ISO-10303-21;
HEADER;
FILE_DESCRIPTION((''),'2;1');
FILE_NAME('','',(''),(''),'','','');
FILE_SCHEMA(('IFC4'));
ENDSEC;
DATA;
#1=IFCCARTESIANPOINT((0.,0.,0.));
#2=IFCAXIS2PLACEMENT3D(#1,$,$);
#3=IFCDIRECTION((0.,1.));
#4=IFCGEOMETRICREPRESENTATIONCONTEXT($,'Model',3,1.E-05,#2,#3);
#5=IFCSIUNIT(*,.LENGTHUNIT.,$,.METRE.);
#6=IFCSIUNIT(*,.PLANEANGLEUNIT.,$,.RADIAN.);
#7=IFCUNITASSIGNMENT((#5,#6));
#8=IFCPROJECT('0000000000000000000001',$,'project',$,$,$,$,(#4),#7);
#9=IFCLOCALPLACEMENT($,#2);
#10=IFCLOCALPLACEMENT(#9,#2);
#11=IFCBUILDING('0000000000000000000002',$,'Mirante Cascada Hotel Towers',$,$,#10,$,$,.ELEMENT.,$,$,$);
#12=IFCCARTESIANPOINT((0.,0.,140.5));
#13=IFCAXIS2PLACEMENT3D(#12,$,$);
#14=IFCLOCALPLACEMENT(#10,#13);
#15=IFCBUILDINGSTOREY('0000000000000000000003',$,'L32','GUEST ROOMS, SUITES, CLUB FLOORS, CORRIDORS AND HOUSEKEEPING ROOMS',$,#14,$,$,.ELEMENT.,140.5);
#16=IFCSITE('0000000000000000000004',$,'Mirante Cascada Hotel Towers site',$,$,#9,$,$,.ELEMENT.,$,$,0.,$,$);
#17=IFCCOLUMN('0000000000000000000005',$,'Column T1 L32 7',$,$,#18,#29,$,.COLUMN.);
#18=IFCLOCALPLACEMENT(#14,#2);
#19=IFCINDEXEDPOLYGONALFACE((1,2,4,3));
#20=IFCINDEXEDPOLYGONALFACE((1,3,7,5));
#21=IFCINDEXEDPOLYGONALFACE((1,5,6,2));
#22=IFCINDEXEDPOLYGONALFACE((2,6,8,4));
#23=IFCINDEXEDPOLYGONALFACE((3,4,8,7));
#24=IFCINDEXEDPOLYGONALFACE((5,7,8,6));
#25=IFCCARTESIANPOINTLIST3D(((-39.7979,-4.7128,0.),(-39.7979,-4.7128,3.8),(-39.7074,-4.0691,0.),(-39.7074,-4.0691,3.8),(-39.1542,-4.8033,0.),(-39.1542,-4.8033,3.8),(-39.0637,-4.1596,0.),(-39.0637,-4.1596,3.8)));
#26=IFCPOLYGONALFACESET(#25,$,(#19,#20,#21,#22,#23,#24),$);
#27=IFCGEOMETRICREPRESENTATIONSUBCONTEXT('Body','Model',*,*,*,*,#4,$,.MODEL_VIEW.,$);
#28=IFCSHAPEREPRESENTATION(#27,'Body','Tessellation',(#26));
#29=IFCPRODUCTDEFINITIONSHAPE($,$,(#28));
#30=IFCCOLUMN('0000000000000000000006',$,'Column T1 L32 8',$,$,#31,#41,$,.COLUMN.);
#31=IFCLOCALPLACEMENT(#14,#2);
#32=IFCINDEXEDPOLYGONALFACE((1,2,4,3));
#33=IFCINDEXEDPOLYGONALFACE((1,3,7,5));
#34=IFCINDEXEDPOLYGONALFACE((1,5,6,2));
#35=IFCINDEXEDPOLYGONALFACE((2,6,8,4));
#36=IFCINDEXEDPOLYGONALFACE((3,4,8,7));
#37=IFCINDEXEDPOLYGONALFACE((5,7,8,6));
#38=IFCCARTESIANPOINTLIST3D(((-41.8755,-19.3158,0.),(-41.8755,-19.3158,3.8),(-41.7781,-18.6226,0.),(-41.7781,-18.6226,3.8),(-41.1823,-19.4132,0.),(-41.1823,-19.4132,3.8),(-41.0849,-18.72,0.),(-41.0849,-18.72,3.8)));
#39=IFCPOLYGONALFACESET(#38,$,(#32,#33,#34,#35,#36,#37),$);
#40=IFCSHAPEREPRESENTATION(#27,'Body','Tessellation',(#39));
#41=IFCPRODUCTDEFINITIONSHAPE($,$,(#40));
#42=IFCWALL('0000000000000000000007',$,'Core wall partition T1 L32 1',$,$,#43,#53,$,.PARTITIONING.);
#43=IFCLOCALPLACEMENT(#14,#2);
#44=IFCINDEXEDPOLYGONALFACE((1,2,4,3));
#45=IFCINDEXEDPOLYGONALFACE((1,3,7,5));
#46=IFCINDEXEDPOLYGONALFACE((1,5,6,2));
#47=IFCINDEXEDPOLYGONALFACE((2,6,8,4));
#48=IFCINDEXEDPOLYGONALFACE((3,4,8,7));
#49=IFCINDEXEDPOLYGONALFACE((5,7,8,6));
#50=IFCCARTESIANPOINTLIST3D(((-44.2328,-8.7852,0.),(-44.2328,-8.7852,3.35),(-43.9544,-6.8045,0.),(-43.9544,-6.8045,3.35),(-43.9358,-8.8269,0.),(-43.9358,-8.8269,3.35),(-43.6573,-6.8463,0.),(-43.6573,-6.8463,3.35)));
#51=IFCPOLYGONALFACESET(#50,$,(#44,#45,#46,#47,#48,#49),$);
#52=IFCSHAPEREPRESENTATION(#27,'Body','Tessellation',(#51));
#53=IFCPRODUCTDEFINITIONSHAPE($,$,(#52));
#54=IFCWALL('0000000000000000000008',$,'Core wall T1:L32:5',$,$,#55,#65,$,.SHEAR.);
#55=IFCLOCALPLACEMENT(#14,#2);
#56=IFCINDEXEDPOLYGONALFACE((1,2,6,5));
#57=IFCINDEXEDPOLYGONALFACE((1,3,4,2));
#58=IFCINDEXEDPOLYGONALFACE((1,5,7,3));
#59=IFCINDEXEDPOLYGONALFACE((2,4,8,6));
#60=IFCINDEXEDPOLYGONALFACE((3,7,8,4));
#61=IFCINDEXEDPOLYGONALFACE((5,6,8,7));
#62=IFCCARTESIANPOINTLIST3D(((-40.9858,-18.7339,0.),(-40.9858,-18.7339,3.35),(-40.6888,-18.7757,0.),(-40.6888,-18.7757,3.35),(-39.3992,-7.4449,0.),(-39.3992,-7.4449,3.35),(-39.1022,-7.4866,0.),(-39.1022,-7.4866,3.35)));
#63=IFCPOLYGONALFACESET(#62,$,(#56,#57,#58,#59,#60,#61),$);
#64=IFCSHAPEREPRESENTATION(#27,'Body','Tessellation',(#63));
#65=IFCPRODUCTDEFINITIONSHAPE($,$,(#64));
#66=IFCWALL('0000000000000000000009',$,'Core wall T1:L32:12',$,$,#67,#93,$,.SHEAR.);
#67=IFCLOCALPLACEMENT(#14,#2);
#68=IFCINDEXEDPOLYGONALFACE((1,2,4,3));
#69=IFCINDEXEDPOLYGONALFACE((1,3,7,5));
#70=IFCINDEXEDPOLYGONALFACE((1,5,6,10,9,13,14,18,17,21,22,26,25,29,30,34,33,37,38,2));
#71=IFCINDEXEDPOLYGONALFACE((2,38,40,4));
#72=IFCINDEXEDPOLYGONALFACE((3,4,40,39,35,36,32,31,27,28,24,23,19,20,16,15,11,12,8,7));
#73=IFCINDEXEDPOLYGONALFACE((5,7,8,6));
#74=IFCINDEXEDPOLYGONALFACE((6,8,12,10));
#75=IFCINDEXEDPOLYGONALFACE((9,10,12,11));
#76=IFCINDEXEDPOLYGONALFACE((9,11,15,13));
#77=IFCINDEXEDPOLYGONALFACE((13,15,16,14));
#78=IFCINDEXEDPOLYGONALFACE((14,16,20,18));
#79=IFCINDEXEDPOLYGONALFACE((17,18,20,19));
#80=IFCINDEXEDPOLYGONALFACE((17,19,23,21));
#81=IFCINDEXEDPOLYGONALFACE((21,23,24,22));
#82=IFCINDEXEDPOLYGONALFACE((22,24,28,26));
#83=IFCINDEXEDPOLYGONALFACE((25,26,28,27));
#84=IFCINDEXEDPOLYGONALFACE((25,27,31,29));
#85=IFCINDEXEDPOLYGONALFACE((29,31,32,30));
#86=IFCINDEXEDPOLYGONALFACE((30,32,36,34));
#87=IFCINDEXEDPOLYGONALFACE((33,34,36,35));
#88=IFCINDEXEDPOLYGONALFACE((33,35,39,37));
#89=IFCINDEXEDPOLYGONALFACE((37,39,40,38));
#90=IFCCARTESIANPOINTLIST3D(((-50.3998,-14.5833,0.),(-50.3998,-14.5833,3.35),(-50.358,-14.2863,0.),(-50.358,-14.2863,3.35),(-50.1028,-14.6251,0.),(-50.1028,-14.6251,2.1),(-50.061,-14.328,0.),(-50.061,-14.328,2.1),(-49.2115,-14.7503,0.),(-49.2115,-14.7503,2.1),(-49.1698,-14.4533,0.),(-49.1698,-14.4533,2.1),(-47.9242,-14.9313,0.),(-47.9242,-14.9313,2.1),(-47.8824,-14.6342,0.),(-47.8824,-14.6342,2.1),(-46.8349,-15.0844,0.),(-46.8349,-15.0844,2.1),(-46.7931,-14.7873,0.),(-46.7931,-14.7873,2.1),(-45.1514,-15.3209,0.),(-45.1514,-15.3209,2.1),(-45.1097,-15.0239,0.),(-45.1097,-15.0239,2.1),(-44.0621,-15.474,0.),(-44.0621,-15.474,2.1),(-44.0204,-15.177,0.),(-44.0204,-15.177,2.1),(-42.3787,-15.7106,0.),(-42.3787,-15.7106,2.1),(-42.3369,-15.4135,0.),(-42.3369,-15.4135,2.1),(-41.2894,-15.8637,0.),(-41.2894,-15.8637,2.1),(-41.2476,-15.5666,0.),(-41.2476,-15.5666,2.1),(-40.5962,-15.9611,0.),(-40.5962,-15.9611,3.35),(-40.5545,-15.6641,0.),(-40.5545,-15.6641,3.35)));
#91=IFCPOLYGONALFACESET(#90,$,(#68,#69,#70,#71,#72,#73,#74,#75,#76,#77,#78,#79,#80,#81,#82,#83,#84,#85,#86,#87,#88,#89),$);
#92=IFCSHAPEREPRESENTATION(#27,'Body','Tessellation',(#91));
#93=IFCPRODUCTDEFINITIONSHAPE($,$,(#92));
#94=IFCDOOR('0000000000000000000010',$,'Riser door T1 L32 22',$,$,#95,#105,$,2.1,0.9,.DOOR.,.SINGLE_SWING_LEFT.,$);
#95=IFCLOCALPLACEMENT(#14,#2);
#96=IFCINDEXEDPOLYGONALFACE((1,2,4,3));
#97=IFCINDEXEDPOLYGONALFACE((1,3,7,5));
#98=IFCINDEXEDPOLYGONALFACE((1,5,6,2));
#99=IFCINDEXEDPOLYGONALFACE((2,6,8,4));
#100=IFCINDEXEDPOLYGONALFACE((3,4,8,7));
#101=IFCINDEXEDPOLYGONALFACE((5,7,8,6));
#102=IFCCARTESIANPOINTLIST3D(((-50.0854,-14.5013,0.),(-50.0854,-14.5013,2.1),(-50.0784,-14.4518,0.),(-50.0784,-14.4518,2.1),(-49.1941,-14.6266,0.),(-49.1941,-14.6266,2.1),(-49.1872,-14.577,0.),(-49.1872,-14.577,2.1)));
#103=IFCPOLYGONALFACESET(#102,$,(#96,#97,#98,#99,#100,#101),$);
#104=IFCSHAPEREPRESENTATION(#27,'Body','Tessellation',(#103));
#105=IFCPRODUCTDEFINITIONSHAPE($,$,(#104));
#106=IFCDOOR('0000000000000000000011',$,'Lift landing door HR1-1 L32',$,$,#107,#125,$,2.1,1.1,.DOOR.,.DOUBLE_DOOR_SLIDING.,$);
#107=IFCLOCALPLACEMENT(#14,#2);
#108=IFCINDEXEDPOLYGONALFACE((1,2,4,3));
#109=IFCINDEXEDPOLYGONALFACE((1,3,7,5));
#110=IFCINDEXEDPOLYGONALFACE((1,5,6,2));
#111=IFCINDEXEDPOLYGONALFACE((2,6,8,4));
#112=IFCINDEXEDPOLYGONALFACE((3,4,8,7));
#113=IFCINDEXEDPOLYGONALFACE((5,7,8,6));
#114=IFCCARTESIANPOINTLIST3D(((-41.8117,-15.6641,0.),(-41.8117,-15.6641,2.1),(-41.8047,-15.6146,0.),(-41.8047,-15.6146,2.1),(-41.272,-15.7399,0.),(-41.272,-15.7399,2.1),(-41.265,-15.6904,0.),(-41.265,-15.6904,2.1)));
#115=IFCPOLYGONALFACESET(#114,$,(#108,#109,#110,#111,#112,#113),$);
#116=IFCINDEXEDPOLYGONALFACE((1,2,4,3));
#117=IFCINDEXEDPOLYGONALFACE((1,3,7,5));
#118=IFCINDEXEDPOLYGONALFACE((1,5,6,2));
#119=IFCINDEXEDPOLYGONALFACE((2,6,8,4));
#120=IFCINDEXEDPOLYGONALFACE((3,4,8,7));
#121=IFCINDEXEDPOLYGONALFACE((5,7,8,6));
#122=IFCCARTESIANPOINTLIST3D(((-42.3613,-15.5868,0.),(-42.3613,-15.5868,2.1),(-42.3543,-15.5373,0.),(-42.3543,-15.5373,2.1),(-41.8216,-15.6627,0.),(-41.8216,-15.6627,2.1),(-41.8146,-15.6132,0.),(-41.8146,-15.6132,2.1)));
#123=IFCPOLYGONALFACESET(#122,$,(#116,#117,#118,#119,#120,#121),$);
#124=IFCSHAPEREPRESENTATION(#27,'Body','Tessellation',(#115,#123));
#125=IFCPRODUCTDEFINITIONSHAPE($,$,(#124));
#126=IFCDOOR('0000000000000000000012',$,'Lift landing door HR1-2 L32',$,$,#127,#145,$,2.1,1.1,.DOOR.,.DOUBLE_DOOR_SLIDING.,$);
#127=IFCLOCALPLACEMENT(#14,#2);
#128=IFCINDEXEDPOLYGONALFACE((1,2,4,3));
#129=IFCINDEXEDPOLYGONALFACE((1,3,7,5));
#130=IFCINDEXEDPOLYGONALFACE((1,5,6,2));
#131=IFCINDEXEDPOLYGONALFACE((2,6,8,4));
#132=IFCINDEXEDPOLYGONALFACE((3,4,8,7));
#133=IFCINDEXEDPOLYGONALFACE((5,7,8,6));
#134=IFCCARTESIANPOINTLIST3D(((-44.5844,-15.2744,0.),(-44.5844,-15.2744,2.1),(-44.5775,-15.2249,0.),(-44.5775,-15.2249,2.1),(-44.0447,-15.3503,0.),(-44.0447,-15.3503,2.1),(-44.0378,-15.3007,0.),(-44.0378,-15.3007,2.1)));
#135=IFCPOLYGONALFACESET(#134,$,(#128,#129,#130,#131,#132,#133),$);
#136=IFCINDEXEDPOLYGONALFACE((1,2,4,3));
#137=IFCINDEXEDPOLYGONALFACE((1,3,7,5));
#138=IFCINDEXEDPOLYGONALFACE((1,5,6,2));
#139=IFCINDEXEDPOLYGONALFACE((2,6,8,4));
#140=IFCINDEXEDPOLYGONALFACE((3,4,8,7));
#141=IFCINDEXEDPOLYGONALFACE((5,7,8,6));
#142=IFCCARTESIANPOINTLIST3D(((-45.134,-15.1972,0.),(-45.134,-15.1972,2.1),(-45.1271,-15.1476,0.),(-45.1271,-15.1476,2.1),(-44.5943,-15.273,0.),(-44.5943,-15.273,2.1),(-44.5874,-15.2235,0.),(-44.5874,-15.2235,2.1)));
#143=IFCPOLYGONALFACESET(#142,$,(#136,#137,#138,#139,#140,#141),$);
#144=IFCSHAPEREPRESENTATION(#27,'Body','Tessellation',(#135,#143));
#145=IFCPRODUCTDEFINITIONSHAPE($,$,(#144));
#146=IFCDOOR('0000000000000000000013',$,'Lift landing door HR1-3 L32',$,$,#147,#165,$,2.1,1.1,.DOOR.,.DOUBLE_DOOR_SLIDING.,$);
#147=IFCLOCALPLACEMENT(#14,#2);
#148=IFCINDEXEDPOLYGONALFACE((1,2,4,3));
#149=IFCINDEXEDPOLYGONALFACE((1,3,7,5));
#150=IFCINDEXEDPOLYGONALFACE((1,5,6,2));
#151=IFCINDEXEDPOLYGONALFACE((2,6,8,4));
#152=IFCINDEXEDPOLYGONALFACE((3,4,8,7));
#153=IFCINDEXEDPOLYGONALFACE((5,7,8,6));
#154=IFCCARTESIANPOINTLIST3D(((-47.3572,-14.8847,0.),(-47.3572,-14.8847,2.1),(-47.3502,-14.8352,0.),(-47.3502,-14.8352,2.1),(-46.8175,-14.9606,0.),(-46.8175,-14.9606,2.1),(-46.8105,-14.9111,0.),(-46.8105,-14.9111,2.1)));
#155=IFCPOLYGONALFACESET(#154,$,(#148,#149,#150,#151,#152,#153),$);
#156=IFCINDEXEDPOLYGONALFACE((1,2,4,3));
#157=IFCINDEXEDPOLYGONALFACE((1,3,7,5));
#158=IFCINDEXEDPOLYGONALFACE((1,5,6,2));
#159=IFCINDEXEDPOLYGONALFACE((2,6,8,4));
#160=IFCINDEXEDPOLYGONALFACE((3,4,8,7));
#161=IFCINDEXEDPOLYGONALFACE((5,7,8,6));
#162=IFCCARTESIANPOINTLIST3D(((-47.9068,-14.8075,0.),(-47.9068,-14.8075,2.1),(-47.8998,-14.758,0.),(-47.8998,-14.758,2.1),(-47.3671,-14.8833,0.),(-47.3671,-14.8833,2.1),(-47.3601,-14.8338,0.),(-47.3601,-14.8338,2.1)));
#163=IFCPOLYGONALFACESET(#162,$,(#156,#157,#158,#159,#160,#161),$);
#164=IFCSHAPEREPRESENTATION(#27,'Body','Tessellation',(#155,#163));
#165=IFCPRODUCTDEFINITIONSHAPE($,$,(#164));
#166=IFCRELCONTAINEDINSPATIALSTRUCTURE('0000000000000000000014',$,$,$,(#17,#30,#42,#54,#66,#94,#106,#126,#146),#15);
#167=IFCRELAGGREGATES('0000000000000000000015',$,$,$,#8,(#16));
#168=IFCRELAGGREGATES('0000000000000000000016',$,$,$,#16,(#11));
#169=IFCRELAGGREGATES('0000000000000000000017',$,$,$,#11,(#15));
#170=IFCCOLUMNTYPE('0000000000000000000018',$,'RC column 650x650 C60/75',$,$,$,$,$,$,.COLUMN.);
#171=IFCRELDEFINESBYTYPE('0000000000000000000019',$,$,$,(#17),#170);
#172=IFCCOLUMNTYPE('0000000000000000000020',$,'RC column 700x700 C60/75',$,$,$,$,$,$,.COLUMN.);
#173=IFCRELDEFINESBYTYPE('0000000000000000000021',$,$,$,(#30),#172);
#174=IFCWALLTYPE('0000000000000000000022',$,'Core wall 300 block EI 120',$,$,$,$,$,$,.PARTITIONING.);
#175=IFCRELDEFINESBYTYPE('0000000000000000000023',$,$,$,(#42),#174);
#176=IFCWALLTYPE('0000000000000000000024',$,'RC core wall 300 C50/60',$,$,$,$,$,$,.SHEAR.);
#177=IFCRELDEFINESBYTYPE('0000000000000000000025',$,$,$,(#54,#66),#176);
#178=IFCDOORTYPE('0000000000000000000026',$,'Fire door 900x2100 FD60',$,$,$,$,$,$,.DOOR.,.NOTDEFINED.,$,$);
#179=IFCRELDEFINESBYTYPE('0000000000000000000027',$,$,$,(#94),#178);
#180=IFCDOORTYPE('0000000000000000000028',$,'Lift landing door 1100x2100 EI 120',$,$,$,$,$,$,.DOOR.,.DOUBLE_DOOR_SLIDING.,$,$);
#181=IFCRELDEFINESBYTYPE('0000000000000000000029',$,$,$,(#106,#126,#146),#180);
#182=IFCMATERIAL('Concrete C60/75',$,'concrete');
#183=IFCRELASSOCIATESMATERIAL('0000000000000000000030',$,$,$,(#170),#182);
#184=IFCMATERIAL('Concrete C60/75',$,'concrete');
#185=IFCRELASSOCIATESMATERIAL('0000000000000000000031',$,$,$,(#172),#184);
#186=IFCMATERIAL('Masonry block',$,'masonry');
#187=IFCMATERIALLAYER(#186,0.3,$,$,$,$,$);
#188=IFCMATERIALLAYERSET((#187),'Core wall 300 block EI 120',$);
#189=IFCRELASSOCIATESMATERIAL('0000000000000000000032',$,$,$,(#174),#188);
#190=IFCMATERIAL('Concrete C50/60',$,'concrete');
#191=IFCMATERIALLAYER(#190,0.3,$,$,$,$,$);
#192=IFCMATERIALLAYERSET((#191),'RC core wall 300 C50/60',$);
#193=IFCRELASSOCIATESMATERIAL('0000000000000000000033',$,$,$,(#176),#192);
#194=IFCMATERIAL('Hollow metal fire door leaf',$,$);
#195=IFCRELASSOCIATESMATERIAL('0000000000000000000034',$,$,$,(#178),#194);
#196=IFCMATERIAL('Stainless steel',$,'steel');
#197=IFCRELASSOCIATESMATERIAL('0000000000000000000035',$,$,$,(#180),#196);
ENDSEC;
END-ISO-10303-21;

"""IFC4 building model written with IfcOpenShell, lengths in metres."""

from ifc_helpers import new_model, si_unit, direction, frame, frame_2d, origin, origin_2d, place, context, subcontext, project, spatial, rectangle, extrude, material, layer, layer_set, material_profile, profile_set, type_object, element, fill, save


model = new_model("IFC4")

# Units and contexts
model_context = context("Model", 3, precision=1e-05, world=origin(), true_north=direction((0.0, 1.0)))
body_context = subcontext(model_context, "Body", "Model", "MODEL_VIEW")
ifc_project = project(units=[si_unit("LENGTHUNIT", "METRE"), si_unit("PLANEANGLEUNIT", "RADIAN")], contexts=[model_context])

# Site, building, storey
site_placement = place(None, origin())
site = spatial("IfcSite", under=ifc_project, at=site_placement, Name="Mirante Cascada Hotel Towers site", CompositionType="ELEMENT", RefElevation=0.0)
building_placement = place(site_placement, origin())
building = spatial("IfcBuilding", under=site, at=building_placement, Name="Mirante Cascada Hotel Towers", CompositionType="ELEMENT")
storey_placement = place(building_placement, frame((0.0, 0.0, 140.5)))
storey = spatial("IfcBuildingStorey", under=building, at=storey_placement, Name="L32", Description="GUEST ROOMS, SUITES, CLUB FLOORS, CORRIDORS AND HOUSEKEEPING ROOMS", CompositionType="ELEMENT", Elevation=140.5)

# Columns
ifc_material_1 = material(Name="Concrete C60/75", Category="concrete")
ifc_material_profile_1 = material_profile(ifc_material_1, rectangle(XDim=0.65, YDim=0.65, at=origin_2d()), Name="RC column 650x650 C60/75")
ifc_profile_set_1 = profile_set([ifc_material_profile_1], Name="Concrete C60/75")
column_type_1 = type_object("IfcColumnType", Name="RC column 650x650 C60/75", PredefinedType="COLUMN", material=ifc_profile_set_1)
column_1_placement = place(storey_placement, frame((-39.4308, -4.4362, 0.0), z_axis=(0.0, 0.0, 1.0), x_axis=(-0.990268, 0.139173, 0.0)))
element("IfcColumn", 1, at=column_1_placement, inside=storey, type_object=column_type_1, Name="Column T1 L32 7", PredefinedType="COLUMN", context=body_context, shape_type="SweptSolid", body=[
    extrude(rectangle(XDim=0.65, YDim=0.65, at=origin_2d()), origin(), (0.0, 0.0, 1.0), 3.8),
])
ifc_material_2 = material(Name="Concrete C60/75", Category="concrete")
ifc_material_profile_2 = material_profile(ifc_material_2, rectangle(XDim=0.7, YDim=0.7, at=origin_2d()), Name="RC column 700x700 C60/75")
ifc_profile_set_2 = profile_set([ifc_material_profile_2], Name="Concrete C60/75")
column_type_2 = type_object("IfcColumnType", Name="RC column 700x700 C60/75", PredefinedType="COLUMN", material=ifc_profile_set_2)
column_2_placement = place(storey_placement, frame((-41.4802, -19.0179, 0.0), z_axis=(0.0, 0.0, 1.0), x_axis=(-0.990268, 0.139173, 0.0)))
element("IfcColumn", 2, at=column_2_placement, inside=storey, type_object=column_type_2, Name="Column T1 L32 8", PredefinedType="COLUMN", context=body_context, shape_type="SweptSolid", body=[
    extrude(rectangle(XDim=0.7, YDim=0.7, at=origin_2d()), origin(), (0.0, 0.0, 1.0), 3.8),
])

# Walls
ifc_material_3 = material(Name="Masonry block", Category="masonry")
ifc_layer_1 = layer(ifc_material_3, 0.3)
ifc_layer_set_1 = layer_set([ifc_layer_1], Name="Core wall 300 block EI 120")
wall_type_1 = type_object("IfcWallType", Name="Core wall 300 block EI 120", PredefinedType="PARTITIONING", material=ifc_layer_set_1)
wall_1_placement = place(storey_placement, frame((-44.0843, -8.8061, 0.0), z_axis=(0.0, 0.0, 1.0), x_axis=(0.139195, 0.990265, 0.0)))
element("IfcWall", 3, at=wall_1_placement, inside=storey, type_object=wall_type_1, Name="Core wall partition T1 L32 1", PredefinedType="PARTITIONING", context=body_context, shape_type="SweptSolid", body=[
    extrude(rectangle(XDim=2.0001, YDim=0.3, at=frame_2d((1.0001, 0.0))), origin(), (0.0, 0.0, 1.0), 3.35),
])
ifc_material_4 = material(Name="Concrete C50/60", Category="concrete")
ifc_layer_2 = layer(ifc_material_4, 0.3)
ifc_layer_set_2 = layer_set([ifc_layer_2], Name="RC core wall 300 C50/60")
wall_type_2 = type_object("IfcWallType", Name="RC core wall 300 C50/60", PredefinedType="SHEAR", material=ifc_layer_set_2)
wall_2_placement = place(storey_placement, frame((-40.8373, -18.7548, 0.0), z_axis=(0.0, 0.0, 1.0), x_axis=(0.139175, 0.990268, 0.0)))
element("IfcWall", 4, at=wall_2_placement, inside=storey, type_object=wall_type_2, Name="Core wall T1:L32:5", PredefinedType="SHEAR", context=body_context, shape_type="SweptSolid", body=[
    extrude(rectangle(XDim=11.4, YDim=0.3, at=frame_2d((5.7, 0.0))), origin(), (0.0, 0.0, 1.0), 3.35),
])

# Wall, openings, doors
wall_3_placement = place(storey_placement, frame((-40.5753, -15.8126, 0.0), z_axis=(0.0, 0.0, 1.0), x_axis=(-0.990268, 0.139173, 0.0)))
wall_3 = element("IfcWall", 5, at=wall_3_placement, inside=storey, type_object=wall_type_2, Name="Core wall T1:L32:12", PredefinedType="SHEAR", context=body_context, shape_type="SweptSolid", body=[
    extrude(rectangle(XDim=9.8999, YDim=0.3, at=frame_2d((4.95, 0.0))), origin(), (0.0, 0.0, 1.0), 3.35),
])
opening_1_placement = place(wall_3_placement, frame((0.7, 0.0, 0.0)))
opening_1 = element("IfcOpeningElement", 6, at=opening_1_placement, cuts=wall_3, PredefinedType="OPENING", context=body_context, shape_type="SweptSolid", body=[
    extrude(rectangle(XDim=1.1, YDim=2.1, at=frame_2d((0.55, 1.05))), frame((0.0, 0.15, 0.0), z_axis=(0.0, -1.0, 0.0), x_axis=(1.0, 0.0, 0.0)), (0.0, 0.0, 1.0), 0.3),
])
opening_2_placement = place(wall_3_placement, frame((3.5, 0.0, 0.0)))
opening_2 = element("IfcOpeningElement", 7, at=opening_2_placement, cuts=wall_3, PredefinedType="OPENING", context=body_context, shape_type="SweptSolid", body=[
    extrude(rectangle(XDim=1.1, YDim=2.1, at=frame_2d((0.55, 1.05))), frame((0.0, 0.15, 0.0), z_axis=(0.0, -1.0, 0.0), x_axis=(1.0, 0.0, 0.0)), (0.0, 0.0, 1.0), 0.3),
])
opening_3_placement = place(wall_3_placement, frame((6.3, 0.0, 0.0)))
opening_3 = element("IfcOpeningElement", 8, at=opening_3_placement, cuts=wall_3, PredefinedType="OPENING", context=body_context, shape_type="SweptSolid", body=[
    extrude(rectangle(XDim=1.1, YDim=2.1, at=frame_2d((0.55, 1.05))), frame((0.0, 0.15, 0.0), z_axis=(0.0, -1.0, 0.0), x_axis=(1.0, 0.0, 0.0)), (0.0, 0.0, 1.0), 0.3),
])
opening_4_placement = place(wall_3_placement, frame((8.7, 0.0, 0.0)))
opening_4 = element("IfcOpeningElement", 9, at=opening_4_placement, cuts=wall_3, PredefinedType="OPENING", context=body_context, shape_type="SweptSolid", body=[
    extrude(rectangle(XDim=0.9, YDim=2.1, at=frame_2d((0.45, 1.05))), frame((0.0, 0.15, 0.0), z_axis=(0.0, -1.0, 0.0), x_axis=(1.0, 0.0, 0.0)), (0.0, 0.0, 1.0), 0.3),
])
ifc_material_5 = material(Name="Hollow metal fire door leaf")
door_type_1 = type_object("IfcDoorType", Name="Fire door 900x2100 FD60", OperationType="NOTDEFINED", PredefinedType="DOOR", material=ifc_material_5)
door_1_placement = place(opening_4_placement, origin())
door_1 = element("IfcDoor", 10, at=door_1_placement, inside=storey, type_object=door_type_1, Name="Riser door T1 L32 22", OperationType="SINGLE_SWING_LEFT", OverallHeight=2.1, OverallWidth=0.9, PredefinedType="DOOR", context=body_context, shape_type="SweptSolid", body=[
    extrude(rectangle(XDim=0.9, YDim=2.1, at=frame_2d((0.45, 1.05))), frame((0.0, 0.025, 0.0), z_axis=(0.0, -1.0, 0.0), x_axis=(1.0, 0.0, 0.0)), (0.0, 0.0, 1.0), 0.05),
])
fill(opening_4, door_1)
ifc_material_6 = material(Name="Stainless steel", Category="steel")
door_type_2 = type_object("IfcDoorType", Name="Lift landing door 1100x2100 EI 120", OperationType="DOUBLE_DOOR_SLIDING", PredefinedType="DOOR", material=ifc_material_6)
door_2_placement = place(opening_1_placement, origin())
door_2 = element("IfcDoor", 11, at=door_2_placement, inside=storey, type_object=door_type_2, Name="Lift landing door HR1-1 L32", OperationType="DOUBLE_DOOR_SLIDING", OverallHeight=2.1, OverallWidth=1.1, PredefinedType="DOOR", context=body_context, shape_type="SweptSolid", body=[
    extrude(rectangle(XDim=0.545, YDim=2.1, at=frame_2d((0.2725, 1.05))), frame((0.0, 0.025, 0.0), z_axis=(0.0, -1.0, 0.0), x_axis=(1.0, 0.0, 0.0)), (0.0, 0.0, 1.0), 0.05),
    extrude(rectangle(XDim=0.545, YDim=2.1, at=frame_2d((0.8275, 1.05))), frame((0.0, 0.025, 0.0), z_axis=(0.0, -1.0, 0.0), x_axis=(1.0, 0.0, 0.0)), (0.0, 0.0, 1.0), 0.05),
])
fill(opening_1, door_2)
door_3_placement = place(opening_2_placement, origin())
door_3 = element("IfcDoor", 12, at=door_3_placement, inside=storey, type_object=door_type_2, Name="Lift landing door HR1-2 L32", OperationType="DOUBLE_DOOR_SLIDING", OverallHeight=2.1, OverallWidth=1.1, PredefinedType="DOOR", context=body_context, shape_type="SweptSolid", body=[
    extrude(rectangle(XDim=0.545, YDim=2.1, at=frame_2d((0.2725, 1.05))), frame((0.0, 0.025, 0.0), z_axis=(0.0, -1.0, 0.0), x_axis=(1.0, 0.0, 0.0)), (0.0, 0.0, 1.0), 0.05),
    extrude(rectangle(XDim=0.545, YDim=2.1, at=frame_2d((0.8275, 1.05))), frame((0.0, 0.025, 0.0), z_axis=(0.0, -1.0, 0.0), x_axis=(1.0, 0.0, 0.0)), (0.0, 0.0, 1.0), 0.05),
])
fill(opening_2, door_3)
door_4_placement = place(opening_3_placement, origin())
door_4 = element("IfcDoor", 13, at=door_4_placement, inside=storey, type_object=door_type_2, Name="Lift landing door HR1-3 L32", OperationType="DOUBLE_DOOR_SLIDING", OverallHeight=2.1, OverallWidth=1.1, PredefinedType="DOOR", context=body_context, shape_type="SweptSolid", body=[
    extrude(rectangle(XDim=0.545, YDim=2.1, at=frame_2d((0.2725, 1.05))), frame((0.0, 0.025, 0.0), z_axis=(0.0, -1.0, 0.0), x_axis=(1.0, 0.0, 0.0)), (0.0, 0.0, 1.0), 0.05),
    extrude(rectangle(XDim=0.545, YDim=2.1, at=frame_2d((0.8275, 1.05))), frame((0.0, 0.025, 0.0), z_axis=(0.0, -1.0, 0.0), x_axis=(1.0, 0.0, 0.0)), (0.0, 0.0, 1.0), 0.05),
])
fill(opening_3, door_4)

save(model, "model.ifc")
